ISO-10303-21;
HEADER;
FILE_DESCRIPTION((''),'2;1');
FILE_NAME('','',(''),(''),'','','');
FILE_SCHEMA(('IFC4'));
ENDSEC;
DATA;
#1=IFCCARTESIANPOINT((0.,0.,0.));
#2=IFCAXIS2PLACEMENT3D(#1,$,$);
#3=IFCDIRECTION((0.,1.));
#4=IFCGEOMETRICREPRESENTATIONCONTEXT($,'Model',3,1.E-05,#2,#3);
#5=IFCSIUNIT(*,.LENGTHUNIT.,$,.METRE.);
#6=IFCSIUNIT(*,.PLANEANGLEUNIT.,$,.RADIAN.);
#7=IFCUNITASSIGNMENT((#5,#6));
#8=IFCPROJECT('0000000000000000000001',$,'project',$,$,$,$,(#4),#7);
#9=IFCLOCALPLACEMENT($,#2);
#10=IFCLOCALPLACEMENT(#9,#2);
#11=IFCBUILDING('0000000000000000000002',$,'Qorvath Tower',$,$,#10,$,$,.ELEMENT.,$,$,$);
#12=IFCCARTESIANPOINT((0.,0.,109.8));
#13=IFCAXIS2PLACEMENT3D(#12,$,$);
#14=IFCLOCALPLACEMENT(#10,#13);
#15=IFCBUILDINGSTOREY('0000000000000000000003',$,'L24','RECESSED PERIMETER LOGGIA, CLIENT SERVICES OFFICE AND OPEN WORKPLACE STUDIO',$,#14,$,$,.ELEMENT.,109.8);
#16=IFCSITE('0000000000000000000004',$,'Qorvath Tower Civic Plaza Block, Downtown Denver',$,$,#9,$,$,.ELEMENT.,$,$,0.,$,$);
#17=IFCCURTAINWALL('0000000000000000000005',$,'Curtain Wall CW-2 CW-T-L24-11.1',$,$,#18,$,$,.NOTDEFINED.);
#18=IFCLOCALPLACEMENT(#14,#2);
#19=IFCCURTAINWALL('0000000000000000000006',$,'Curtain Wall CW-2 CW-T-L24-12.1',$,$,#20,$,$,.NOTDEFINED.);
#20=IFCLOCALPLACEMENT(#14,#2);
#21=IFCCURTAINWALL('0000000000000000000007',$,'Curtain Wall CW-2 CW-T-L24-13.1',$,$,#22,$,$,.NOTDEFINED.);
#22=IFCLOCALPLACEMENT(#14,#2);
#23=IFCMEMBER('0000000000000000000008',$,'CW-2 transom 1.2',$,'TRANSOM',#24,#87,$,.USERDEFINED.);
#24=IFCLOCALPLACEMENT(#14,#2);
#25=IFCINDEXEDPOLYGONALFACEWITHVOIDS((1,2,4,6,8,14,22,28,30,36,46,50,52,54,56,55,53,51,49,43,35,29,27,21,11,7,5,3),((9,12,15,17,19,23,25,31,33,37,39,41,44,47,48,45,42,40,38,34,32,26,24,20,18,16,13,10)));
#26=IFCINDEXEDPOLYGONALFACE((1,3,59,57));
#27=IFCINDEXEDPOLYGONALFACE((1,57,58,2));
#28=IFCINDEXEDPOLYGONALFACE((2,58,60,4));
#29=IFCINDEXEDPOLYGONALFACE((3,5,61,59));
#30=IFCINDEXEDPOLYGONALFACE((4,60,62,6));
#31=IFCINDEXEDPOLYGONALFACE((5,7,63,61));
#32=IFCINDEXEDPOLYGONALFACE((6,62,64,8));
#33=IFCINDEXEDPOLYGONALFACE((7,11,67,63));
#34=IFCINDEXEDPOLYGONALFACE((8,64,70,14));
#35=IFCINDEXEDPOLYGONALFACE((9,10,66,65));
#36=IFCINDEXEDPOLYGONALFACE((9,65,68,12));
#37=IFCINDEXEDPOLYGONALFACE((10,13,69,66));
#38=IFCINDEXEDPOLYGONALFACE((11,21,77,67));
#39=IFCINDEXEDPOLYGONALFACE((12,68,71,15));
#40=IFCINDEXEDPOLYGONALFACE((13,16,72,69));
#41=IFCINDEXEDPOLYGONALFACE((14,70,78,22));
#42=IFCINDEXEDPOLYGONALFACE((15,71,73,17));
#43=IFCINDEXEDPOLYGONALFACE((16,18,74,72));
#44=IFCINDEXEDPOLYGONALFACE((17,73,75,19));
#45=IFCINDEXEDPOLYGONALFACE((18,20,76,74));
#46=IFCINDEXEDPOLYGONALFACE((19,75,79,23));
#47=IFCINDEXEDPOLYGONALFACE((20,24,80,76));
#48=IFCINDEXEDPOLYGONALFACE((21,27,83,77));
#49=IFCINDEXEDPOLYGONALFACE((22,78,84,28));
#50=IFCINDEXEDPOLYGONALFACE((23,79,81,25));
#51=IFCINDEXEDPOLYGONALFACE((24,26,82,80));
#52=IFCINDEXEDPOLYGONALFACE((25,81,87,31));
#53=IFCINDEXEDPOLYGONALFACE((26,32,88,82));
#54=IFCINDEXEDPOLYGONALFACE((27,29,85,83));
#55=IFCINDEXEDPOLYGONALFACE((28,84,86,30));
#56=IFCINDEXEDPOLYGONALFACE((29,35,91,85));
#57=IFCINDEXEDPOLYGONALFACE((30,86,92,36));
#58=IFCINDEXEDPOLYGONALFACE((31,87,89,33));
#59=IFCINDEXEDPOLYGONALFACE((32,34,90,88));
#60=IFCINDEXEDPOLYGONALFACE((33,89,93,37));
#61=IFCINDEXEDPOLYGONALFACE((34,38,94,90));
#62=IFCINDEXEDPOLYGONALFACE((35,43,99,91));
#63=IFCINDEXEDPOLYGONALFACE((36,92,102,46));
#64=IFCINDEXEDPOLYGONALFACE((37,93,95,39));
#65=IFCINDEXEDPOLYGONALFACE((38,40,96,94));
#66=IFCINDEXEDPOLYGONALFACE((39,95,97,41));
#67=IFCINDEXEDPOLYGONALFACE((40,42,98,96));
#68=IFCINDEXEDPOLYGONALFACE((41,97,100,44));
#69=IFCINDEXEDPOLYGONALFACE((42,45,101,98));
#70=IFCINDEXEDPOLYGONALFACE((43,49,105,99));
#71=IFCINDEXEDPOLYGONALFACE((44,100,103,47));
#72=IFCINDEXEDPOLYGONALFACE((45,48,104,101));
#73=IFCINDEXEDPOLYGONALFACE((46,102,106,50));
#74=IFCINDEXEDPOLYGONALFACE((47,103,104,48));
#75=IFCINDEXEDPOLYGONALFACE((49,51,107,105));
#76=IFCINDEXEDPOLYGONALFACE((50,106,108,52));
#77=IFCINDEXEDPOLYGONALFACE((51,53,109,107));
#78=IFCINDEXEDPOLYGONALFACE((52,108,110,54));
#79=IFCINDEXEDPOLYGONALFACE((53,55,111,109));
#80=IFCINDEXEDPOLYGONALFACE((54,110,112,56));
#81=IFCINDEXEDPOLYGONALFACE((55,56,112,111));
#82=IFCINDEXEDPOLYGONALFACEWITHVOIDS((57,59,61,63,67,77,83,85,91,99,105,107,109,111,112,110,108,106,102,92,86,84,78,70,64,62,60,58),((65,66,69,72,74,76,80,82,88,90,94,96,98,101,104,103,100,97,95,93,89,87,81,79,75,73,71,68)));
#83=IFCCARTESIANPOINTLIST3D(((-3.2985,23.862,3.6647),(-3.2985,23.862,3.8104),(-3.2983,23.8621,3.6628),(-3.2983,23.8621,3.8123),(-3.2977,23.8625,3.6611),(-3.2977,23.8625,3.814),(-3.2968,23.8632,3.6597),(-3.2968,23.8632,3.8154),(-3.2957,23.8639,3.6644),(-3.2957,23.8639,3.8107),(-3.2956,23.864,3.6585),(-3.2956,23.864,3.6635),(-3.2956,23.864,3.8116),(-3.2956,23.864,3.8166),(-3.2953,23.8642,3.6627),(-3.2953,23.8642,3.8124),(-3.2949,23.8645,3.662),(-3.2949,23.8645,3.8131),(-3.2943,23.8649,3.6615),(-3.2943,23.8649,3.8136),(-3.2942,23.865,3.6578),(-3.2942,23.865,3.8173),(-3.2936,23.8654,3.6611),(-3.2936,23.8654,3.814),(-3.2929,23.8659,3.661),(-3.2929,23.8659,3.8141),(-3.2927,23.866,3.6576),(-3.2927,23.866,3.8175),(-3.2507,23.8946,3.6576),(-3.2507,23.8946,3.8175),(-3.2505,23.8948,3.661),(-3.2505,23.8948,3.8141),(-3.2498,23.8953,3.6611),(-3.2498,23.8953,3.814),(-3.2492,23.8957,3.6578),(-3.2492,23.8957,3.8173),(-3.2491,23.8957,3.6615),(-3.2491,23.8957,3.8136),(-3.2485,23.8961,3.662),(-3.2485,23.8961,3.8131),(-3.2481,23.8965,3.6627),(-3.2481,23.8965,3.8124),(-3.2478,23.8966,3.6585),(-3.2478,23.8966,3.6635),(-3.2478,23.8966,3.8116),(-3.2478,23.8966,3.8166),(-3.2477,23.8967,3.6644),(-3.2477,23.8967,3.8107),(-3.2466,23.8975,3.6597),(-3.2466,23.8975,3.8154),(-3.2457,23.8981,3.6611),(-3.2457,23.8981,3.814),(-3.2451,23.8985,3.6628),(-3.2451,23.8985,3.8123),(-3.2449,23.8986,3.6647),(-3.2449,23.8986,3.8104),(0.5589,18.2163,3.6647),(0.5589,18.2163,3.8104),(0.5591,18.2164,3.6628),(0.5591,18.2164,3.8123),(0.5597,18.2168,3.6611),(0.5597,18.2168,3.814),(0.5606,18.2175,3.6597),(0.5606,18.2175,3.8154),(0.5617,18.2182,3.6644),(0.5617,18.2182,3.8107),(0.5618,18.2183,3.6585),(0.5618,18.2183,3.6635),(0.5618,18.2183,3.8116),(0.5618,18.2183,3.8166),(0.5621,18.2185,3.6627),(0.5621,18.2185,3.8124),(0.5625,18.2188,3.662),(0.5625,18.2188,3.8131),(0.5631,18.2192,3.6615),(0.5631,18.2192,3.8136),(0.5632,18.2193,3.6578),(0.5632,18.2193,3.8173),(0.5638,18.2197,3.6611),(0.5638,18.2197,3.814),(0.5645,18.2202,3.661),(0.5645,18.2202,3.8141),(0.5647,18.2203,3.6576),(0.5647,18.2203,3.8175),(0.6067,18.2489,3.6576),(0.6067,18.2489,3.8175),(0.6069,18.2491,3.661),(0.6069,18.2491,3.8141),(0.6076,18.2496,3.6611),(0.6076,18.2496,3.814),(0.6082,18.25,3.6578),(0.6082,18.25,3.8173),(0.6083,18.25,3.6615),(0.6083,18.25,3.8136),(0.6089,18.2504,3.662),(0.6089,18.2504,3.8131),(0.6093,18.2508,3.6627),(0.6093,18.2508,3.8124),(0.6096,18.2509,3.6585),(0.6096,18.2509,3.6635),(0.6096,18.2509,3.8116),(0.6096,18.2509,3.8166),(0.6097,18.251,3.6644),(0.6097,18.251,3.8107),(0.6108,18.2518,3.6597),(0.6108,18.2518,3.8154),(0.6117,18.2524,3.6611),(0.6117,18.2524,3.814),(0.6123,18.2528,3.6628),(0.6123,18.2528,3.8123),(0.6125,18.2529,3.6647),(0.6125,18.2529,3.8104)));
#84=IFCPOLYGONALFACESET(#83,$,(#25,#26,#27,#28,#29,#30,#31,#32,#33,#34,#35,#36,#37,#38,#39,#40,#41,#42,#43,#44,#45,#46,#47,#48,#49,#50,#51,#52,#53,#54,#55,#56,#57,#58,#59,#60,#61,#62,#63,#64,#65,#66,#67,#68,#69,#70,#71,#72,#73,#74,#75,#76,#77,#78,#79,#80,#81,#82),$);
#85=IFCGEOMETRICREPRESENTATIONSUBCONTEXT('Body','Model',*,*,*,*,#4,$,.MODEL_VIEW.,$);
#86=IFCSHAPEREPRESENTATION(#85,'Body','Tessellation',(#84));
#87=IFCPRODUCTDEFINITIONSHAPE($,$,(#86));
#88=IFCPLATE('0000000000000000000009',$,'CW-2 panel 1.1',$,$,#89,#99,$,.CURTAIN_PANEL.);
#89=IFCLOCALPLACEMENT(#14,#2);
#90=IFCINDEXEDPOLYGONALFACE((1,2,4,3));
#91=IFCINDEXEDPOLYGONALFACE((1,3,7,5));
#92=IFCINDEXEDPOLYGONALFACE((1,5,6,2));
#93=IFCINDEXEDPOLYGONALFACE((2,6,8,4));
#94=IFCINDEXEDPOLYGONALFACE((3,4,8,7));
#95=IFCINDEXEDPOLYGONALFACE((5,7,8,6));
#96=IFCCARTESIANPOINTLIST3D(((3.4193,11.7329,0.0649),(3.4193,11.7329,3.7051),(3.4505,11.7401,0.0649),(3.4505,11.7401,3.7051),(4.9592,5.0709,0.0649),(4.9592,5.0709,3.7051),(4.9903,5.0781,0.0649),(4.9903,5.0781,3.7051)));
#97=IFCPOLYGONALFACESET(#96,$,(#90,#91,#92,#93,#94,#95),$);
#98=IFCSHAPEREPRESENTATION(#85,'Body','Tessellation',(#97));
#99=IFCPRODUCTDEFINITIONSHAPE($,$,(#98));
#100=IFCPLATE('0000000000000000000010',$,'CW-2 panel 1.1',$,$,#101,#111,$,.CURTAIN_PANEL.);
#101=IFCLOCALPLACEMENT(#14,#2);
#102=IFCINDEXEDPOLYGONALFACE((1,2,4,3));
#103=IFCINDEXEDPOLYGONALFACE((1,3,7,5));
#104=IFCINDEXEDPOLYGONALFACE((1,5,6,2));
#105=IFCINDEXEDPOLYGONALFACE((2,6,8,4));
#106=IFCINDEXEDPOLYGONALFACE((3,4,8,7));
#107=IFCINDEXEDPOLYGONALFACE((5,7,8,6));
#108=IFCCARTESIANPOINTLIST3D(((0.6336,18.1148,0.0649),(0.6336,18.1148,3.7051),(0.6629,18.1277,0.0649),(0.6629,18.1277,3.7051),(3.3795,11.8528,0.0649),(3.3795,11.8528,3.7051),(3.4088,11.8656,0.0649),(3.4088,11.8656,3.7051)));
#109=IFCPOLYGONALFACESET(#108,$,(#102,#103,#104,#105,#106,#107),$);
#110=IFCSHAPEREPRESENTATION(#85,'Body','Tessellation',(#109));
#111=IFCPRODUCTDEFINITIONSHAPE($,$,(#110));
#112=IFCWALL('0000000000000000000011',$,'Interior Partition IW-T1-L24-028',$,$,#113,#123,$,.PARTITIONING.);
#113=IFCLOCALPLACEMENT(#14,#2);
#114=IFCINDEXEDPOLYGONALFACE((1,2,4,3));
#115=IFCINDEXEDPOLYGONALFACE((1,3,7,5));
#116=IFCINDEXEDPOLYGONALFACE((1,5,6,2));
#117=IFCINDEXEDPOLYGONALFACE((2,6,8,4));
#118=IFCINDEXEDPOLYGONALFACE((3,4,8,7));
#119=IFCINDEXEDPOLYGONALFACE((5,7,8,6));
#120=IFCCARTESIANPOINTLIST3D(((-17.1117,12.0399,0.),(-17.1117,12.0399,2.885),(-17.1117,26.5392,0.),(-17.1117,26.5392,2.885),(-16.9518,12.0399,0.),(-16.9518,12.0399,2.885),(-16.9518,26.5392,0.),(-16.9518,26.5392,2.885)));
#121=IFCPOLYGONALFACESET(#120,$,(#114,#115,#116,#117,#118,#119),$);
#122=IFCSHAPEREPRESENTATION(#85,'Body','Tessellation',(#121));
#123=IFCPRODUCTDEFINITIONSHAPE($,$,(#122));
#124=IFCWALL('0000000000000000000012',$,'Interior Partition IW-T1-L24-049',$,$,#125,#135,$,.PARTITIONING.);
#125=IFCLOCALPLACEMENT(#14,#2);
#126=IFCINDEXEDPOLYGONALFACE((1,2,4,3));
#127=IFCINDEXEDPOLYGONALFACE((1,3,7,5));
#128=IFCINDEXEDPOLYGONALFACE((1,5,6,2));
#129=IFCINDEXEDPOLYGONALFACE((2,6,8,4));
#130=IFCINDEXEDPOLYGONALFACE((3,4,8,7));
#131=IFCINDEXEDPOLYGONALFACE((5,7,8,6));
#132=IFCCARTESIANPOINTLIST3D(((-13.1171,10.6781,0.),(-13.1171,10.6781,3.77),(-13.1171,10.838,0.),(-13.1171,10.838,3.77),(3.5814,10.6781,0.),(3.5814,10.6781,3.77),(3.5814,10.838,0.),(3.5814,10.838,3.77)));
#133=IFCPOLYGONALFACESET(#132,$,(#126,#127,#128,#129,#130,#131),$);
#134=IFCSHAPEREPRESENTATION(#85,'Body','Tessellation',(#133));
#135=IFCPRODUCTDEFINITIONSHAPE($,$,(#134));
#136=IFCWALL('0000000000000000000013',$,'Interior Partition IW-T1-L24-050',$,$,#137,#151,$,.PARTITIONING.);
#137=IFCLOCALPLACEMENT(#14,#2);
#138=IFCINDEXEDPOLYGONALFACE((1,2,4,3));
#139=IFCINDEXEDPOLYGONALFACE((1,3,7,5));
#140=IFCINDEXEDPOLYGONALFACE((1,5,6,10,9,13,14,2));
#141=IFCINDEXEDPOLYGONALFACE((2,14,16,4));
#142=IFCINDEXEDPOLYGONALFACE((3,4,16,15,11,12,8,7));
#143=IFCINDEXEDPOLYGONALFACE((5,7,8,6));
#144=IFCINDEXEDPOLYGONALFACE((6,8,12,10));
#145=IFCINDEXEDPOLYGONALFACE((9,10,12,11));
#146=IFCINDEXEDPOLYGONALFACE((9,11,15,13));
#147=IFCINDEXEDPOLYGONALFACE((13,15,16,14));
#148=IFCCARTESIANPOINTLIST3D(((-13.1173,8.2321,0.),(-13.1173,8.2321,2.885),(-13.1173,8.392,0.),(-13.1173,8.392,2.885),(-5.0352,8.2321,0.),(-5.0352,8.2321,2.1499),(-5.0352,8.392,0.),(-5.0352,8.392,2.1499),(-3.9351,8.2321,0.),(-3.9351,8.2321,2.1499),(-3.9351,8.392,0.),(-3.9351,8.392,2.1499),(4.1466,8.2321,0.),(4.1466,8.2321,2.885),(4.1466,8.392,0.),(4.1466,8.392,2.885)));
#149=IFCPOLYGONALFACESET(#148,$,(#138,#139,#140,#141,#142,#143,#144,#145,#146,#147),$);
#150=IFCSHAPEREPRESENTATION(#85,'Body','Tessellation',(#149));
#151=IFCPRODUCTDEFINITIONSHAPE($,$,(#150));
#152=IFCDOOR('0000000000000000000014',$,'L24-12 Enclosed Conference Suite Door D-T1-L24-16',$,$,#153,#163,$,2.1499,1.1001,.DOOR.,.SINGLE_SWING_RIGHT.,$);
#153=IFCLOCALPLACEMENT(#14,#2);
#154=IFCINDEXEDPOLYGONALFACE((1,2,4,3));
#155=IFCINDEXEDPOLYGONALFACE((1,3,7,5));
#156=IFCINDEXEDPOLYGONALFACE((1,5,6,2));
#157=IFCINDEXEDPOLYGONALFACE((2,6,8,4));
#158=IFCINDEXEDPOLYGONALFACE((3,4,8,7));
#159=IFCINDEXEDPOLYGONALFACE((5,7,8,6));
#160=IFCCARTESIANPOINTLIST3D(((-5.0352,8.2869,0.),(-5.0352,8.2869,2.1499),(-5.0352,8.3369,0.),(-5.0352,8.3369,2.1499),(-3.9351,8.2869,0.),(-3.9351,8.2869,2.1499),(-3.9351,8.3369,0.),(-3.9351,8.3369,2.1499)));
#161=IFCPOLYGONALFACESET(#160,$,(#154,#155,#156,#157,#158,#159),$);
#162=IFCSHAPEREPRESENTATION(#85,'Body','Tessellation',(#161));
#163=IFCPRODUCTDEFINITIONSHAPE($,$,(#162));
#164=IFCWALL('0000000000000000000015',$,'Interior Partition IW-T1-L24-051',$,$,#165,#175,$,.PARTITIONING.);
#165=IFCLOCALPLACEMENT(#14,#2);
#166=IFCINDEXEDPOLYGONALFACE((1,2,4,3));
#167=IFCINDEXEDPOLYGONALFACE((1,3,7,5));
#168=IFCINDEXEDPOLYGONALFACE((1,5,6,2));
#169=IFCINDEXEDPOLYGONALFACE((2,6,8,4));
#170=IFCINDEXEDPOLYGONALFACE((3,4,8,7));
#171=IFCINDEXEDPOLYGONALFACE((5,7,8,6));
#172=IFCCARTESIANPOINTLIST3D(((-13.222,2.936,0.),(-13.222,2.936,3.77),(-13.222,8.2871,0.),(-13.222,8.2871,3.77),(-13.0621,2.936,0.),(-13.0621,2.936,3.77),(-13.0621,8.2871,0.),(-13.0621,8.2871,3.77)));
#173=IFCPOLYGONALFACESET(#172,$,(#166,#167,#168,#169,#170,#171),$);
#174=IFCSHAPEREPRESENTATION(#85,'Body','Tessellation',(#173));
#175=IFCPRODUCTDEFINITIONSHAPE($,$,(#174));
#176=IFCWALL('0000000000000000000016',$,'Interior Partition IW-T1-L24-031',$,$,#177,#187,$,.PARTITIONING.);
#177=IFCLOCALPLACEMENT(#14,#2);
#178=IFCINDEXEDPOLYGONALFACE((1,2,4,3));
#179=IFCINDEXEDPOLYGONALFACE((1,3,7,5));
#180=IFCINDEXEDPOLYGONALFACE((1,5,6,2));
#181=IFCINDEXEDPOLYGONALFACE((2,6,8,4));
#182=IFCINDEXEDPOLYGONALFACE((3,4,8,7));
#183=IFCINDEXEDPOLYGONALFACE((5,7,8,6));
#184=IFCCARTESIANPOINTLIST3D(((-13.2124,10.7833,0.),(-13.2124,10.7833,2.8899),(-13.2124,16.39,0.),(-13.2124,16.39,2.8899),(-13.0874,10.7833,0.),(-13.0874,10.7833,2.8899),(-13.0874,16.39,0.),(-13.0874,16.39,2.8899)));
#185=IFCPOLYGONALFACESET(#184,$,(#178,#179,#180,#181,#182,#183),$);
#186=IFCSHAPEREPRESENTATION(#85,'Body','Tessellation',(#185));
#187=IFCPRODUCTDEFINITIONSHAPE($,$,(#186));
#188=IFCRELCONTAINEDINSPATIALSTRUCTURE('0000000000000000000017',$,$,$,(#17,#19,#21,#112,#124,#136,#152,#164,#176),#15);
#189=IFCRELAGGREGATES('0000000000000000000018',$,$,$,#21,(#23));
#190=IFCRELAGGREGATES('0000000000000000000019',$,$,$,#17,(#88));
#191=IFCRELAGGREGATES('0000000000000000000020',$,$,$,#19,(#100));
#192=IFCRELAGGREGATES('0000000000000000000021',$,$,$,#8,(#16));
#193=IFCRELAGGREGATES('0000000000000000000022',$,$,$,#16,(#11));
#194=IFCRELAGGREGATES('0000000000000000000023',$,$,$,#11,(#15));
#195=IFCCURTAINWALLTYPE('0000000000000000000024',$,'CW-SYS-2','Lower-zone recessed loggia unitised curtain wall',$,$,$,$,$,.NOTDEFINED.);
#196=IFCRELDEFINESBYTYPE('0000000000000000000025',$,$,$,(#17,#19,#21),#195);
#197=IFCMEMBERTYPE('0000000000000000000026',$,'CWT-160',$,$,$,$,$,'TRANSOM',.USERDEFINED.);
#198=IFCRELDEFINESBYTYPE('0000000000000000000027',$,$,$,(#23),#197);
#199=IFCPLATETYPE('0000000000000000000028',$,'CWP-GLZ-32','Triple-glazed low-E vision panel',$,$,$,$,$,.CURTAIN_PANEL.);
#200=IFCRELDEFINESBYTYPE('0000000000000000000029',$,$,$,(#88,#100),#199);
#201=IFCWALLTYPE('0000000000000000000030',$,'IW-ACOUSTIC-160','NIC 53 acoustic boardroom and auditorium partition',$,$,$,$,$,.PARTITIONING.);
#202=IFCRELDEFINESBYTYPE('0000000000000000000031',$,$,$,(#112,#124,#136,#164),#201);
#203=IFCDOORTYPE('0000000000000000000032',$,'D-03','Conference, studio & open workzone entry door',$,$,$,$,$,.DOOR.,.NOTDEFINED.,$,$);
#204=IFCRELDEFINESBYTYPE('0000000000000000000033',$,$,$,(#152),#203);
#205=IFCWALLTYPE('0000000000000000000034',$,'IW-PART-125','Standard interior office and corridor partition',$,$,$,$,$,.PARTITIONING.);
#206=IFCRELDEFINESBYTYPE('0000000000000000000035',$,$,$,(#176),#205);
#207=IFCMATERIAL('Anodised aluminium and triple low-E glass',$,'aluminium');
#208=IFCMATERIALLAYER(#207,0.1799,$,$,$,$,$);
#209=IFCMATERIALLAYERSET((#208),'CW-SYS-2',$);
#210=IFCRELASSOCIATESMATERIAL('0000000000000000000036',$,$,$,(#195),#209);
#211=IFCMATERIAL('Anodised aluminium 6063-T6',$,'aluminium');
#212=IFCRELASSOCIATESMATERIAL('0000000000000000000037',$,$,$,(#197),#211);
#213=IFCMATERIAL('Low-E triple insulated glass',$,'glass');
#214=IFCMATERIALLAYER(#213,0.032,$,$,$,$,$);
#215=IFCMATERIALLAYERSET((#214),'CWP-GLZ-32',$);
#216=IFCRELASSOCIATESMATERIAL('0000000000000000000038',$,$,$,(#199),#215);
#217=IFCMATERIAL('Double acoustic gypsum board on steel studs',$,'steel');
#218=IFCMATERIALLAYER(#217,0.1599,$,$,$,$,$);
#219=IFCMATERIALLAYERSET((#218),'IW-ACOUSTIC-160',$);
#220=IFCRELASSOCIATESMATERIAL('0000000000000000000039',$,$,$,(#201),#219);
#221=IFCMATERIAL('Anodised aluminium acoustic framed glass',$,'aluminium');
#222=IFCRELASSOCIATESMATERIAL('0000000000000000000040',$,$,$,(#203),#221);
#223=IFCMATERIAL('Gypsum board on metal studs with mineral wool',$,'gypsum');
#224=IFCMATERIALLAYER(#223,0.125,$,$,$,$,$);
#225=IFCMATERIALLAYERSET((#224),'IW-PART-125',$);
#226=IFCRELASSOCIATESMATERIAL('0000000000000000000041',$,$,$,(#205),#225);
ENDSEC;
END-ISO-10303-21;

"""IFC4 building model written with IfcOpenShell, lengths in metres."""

from ifc_helpers import new_model, si_unit, direction, frame, frame_2d, origin, origin_2d, place, context, subcontext, project, spatial, rectangle, hollow_rectangle, extrude, material, layer, layer_set, material_profile, profile_set, type_object, element, fill, aggregate, save


model = new_model("IFC4")

# Units and contexts
model_context = context("Model", 3, precision=1e-05, world=origin(), true_north=direction((0.0, 1.0)))
body_context = subcontext(model_context, "Body", "Model", "MODEL_VIEW")
ifc_project = project(units=[si_unit("LENGTHUNIT", "METRE"), si_unit("PLANEANGLEUNIT", "RADIAN")], contexts=[model_context])

# Site, building, storey
site_placement = place(None, origin())
site = spatial("IfcSite", under=ifc_project, at=site_placement, Name="Qorvath Tower Civic Plaza Block, Downtown Denver", CompositionType="ELEMENT", RefElevation=0.0)
building_placement = place(site_placement, origin())
building = spatial("IfcBuilding", under=site, at=building_placement, Name="Qorvath Tower", CompositionType="ELEMENT")
storey_placement = place(building_placement, frame((0.0, 0.0, 109.8)))
storey = spatial("IfcBuildingStorey", under=building, at=storey_placement, Name="L24", Description="RECESSED PERIMETER LOGGIA, CLIENT SERVICES OFFICE AND OPEN WORKPLACE STUDIO", CompositionType="ELEMENT", Elevation=109.8)

# Curtain walls
ifc_material_1 = material(Name="Anodised aluminium and triple low-E glass", Category="aluminium")
ifc_layer_1 = layer(ifc_material_1, 0.1799)
ifc_layer_set_1 = layer_set([ifc_layer_1], Name="CW-SYS-2")
curtain_wall_type = type_object("IfcCurtainWallType", Name="CW-SYS-2", Description="Lower-zone recessed loggia unitised curtain wall", PredefinedType="NOTDEFINED", material=ifc_layer_set_1)
curtain_wall_1_placement = place(storey_placement, origin())
curtain_wall_1 = element("IfcCurtainWall", 1, at=curtain_wall_1_placement, inside=storey, type_object=curtain_wall_type, Name="Curtain Wall CW-2 CW-T-L24-11.1", PredefinedType="NOTDEFINED")
curtain_wall_2_placement = place(storey_placement, origin())
curtain_wall_2 = element("IfcCurtainWall", 2, at=curtain_wall_2_placement, inside=storey, type_object=curtain_wall_type, Name="Curtain Wall CW-2 CW-T-L24-12.1", PredefinedType="NOTDEFINED")

# Curtain wall
curtain_wall_3_placement = place(storey_placement, origin())
curtain_wall_3 = element("IfcCurtainWall", 3, at=curtain_wall_3_placement, inside=storey, type_object=curtain_wall_type, Name="Curtain Wall CW-2 CW-T-L24-13.1", PredefinedType="NOTDEFINED")

# Member
ifc_material_2 = material(Name="Anodised aluminium 6063-T6", Category="aluminium")
ifc_material_profile_1 = material_profile(ifc_material_2, hollow_rectangle(XDim=0.0649, YDim=0.1599, WallThickness=0.0034, InnerFilletRadius=0.0034, OuterFilletRadius=0.0071, at=origin_2d()), Name="CWT 160x65")
ifc_profile_set_1 = profile_set([ifc_material_profile_1], Name="Anodised aluminium 6063-T6")
member_type_1 = type_object("IfcMemberType", Name="CWT-160", ElementType="TRANSOM", PredefinedType="USERDEFINED", material=ifc_profile_set_1)
member_1_placement = place(storey_placement, frame((0.5857, 18.2346, 3.7375), z_axis=(-0.56414, 0.825679, 0.0), x_axis=(-0.825679, -0.56414, 0.0)))
member_1 = element("IfcMember", 4, at=member_1_placement, type_object=member_type_1, Name="CW-2 transom 1.2", ObjectType="TRANSOM", PredefinedType="USERDEFINED", context=body_context, shape_type="SweptSolid", body=[
    extrude(hollow_rectangle(XDim=0.0649, YDim=0.1599, WallThickness=0.0034, InnerFilletRadius=0.0034, OuterFilletRadius=0.0071, at=origin_2d()), origin(), (0.0, 0.0, 1.0), 6.8376),
])
aggregate(curtain_wall_3, [member_1])

# Plates
ifc_material_3 = material(Name="Low-E triple insulated glass", Category="glass")
ifc_layer_2 = layer(ifc_material_3, 0.032)
ifc_layer_set_2 = layer_set([ifc_layer_2], Name="CWP-GLZ-32")
plate_type = type_object("IfcPlateType", Name="CWP-GLZ-32", Description="Triple-glazed low-E vision panel", PredefinedType="CURTAIN_PANEL", material=ifc_layer_set_2)
plate_1_placement = place(storey_placement, frame((4.2048, 8.4055, 0.0649), z_axis=(0.0, 0.0, 1.0), x_axis=(-0.2252, 0.974313, 0.0)))
plate_1 = element("IfcPlate", 5, at=plate_1_placement, type_object=plate_type, Name="CW-2 panel 1.1", PredefinedType="CURTAIN_PANEL", context=body_context, shape_type="SweptSolid", body=[
    extrude(rectangle(XDim=6.8376, YDim=0.032, at=origin_2d()), origin(), (0.0, 0.0, 1.0), 3.6401),
])
aggregate(curtain_wall_1, [plate_1])
plate_2_placement = place(storey_placement, frame((2.0212, 14.9902, 0.0649), z_axis=(0.0, 0.0, 1.0), x_axis=(-0.401586, 0.915821, 0.0)))
plate_2 = element("IfcPlate", 6, at=plate_2_placement, type_object=plate_type, Name="CW-2 panel 1.1", PredefinedType="CURTAIN_PANEL", context=body_context, shape_type="SweptSolid", body=[
    extrude(rectangle(XDim=6.8376, YDim=0.032, at=origin_2d()), origin(), (0.0, 0.0, 1.0), 3.6401),
])
aggregate(curtain_wall_2, [plate_2])

# Walls
ifc_material_4 = material(Name="Double acoustic gypsum board on steel studs", Category="steel")
ifc_layer_3 = layer(ifc_material_4, 0.1599)
ifc_layer_set_3 = layer_set([ifc_layer_3], Name="IW-ACOUSTIC-160")
wall_type_1 = type_object("IfcWallType", Name="IW-ACOUSTIC-160", Description="NIC 53 acoustic boardroom and auditorium partition", PredefinedType="PARTITIONING", material=ifc_layer_set_3)
wall_1_placement = place(storey_placement, frame((-17.0317, 12.04, 0.0), z_axis=(0.0, 0.0, 1.0), x_axis=(0.0, 1.0, 0.0)))
element("IfcWall", 7, at=wall_1_placement, inside=storey, type_object=wall_type_1, Name="Interior Partition IW-T1-L24-028", PredefinedType="PARTITIONING", context=body_context, shape_type="SweptSolid", body=[
    extrude(rectangle(XDim=14.4993, YDim=0.1599, at=frame_2d((7.2495, 0.0))), origin(), (0.0, 0.0, 1.0), 2.885),
])
wall_2_placement = place(storey_placement, frame((3.5813, 10.7581, 0.0), z_axis=(0.0, 0.0, 1.0), x_axis=(-1.0, 0.0, 0.0)))
element("IfcWall", 8, at=wall_2_placement, inside=storey, type_object=wall_type_1, Name="Interior Partition IW-T1-L24-049", PredefinedType="PARTITIONING", context=body_context, shape_type="SweptSolid", body=[
    extrude(rectangle(XDim=16.6985, YDim=0.1599, at=frame_2d((8.3491, 0.0))), origin(), (0.0, 0.0, 1.0), 3.77),
])

# Wall, opening, door
wall_3_placement = place(storey_placement, frame((-13.1172, 8.312, 0.0), z_axis=(0.0, 0.0, 1.0), x_axis=(1.0, 0.0, 0.0)))
wall_3 = element("IfcWall", 9, at=wall_3_placement, inside=storey, type_object=wall_type_1, Name="Interior Partition IW-T1-L24-050", PredefinedType="PARTITIONING", context=body_context, shape_type="SweptSolid", body=[
    extrude(rectangle(XDim=17.2639, YDim=0.1599, at=frame_2d((8.6318, 0.0))), origin(), (0.0, 0.0, 1.0), 2.885),
])
opening_1_placement = place(wall_3_placement, frame((8.082, 0.0, 0.0)))
opening_1 = element("IfcOpeningElement", 10, at=opening_1_placement, cuts=wall_3, PredefinedType="OPENING", context=body_context, shape_type="SweptSolid", body=[
    extrude(rectangle(XDim=1.1001, YDim=2.1499, at=frame_2d((0.55, 1.075))), frame((0.0, 0.0898, 0.0), z_axis=(0.0, -1.0, 0.0), x_axis=(1.0, 0.0, 0.0)), (0.0, 0.0, 1.0), 0.1799),
])
ifc_material_5 = material(Name="Anodised aluminium acoustic framed glass", Category="aluminium")
door_type_1 = type_object("IfcDoorType", Name="D-03", Description="Conference, studio & open workzone entry door", OperationType="NOTDEFINED", PredefinedType="DOOR", material=ifc_material_5)
door_1_placement = place(opening_1_placement, origin())
door_1 = element("IfcDoor", 11, at=door_1_placement, inside=storey, type_object=door_type_1, Name="L24-12 Enclosed Conference Suite Door D-T1-L24-16", OperationType="SINGLE_SWING_RIGHT", OverallHeight=2.1499, OverallWidth=1.1001, PredefinedType="DOOR", context=body_context, shape_type="SweptSolid", body=[
    extrude(rectangle(XDim=1.1001, YDim=2.1499, at=frame_2d((0.55, 1.075))), frame((0.0, 0.0249, 0.0), z_axis=(0.0, -1.0, 0.0), x_axis=(1.0, 0.0, 0.0)), (0.0, 0.0, 1.0), 0.05),
])
fill(opening_1, door_1)

# Wall
wall_4_placement = place(storey_placement, frame((-13.1421, 8.2871, 0.0), z_axis=(0.0, 0.0, 1.0), x_axis=(0.0, -1.0, 0.0)))
element("IfcWall", 12, at=wall_4_placement, inside=storey, type_object=wall_type_1, Name="Interior Partition IW-T1-L24-051", PredefinedType="PARTITIONING", context=body_context, shape_type="SweptSolid", body=[
    extrude(rectangle(XDim=5.3511, YDim=0.1599, at=frame_2d((2.6755, 0.0))), origin(), (0.0, 0.0, 1.0), 3.77),
])

# Shared definitions
ifc_material_6 = material(Name="Gypsum board on metal studs with mineral wool", Category="gypsum")
ifc_layer_4 = layer(ifc_material_6, 0.125)
ifc_layer_set_4 = layer_set([ifc_layer_4], Name="IW-PART-125")
wall_type_2 = type_object("IfcWallType", Name="IW-PART-125", Description="Standard interior office and corridor partition", PredefinedType="PARTITIONING", material=ifc_layer_set_4)

# Wall
wall_5_placement = place(storey_placement, frame((-13.1499, 16.3899, 0.0), z_axis=(0.0, 0.0, 1.0), x_axis=(0.0, -1.0, 0.0)))
element("IfcWall", 13, at=wall_5_placement, inside=storey, type_object=wall_type_2, Name="Interior Partition IW-T1-L24-031", PredefinedType="PARTITIONING", context=body_context, shape_type="SweptSolid", body=[
    extrude(rectangle(XDim=5.6067, YDim=0.125, at=frame_2d((2.8032, 0.0))), origin(), (0.0, 0.0, 1.0), 2.8899),
])

save(model, "model.ifc")
